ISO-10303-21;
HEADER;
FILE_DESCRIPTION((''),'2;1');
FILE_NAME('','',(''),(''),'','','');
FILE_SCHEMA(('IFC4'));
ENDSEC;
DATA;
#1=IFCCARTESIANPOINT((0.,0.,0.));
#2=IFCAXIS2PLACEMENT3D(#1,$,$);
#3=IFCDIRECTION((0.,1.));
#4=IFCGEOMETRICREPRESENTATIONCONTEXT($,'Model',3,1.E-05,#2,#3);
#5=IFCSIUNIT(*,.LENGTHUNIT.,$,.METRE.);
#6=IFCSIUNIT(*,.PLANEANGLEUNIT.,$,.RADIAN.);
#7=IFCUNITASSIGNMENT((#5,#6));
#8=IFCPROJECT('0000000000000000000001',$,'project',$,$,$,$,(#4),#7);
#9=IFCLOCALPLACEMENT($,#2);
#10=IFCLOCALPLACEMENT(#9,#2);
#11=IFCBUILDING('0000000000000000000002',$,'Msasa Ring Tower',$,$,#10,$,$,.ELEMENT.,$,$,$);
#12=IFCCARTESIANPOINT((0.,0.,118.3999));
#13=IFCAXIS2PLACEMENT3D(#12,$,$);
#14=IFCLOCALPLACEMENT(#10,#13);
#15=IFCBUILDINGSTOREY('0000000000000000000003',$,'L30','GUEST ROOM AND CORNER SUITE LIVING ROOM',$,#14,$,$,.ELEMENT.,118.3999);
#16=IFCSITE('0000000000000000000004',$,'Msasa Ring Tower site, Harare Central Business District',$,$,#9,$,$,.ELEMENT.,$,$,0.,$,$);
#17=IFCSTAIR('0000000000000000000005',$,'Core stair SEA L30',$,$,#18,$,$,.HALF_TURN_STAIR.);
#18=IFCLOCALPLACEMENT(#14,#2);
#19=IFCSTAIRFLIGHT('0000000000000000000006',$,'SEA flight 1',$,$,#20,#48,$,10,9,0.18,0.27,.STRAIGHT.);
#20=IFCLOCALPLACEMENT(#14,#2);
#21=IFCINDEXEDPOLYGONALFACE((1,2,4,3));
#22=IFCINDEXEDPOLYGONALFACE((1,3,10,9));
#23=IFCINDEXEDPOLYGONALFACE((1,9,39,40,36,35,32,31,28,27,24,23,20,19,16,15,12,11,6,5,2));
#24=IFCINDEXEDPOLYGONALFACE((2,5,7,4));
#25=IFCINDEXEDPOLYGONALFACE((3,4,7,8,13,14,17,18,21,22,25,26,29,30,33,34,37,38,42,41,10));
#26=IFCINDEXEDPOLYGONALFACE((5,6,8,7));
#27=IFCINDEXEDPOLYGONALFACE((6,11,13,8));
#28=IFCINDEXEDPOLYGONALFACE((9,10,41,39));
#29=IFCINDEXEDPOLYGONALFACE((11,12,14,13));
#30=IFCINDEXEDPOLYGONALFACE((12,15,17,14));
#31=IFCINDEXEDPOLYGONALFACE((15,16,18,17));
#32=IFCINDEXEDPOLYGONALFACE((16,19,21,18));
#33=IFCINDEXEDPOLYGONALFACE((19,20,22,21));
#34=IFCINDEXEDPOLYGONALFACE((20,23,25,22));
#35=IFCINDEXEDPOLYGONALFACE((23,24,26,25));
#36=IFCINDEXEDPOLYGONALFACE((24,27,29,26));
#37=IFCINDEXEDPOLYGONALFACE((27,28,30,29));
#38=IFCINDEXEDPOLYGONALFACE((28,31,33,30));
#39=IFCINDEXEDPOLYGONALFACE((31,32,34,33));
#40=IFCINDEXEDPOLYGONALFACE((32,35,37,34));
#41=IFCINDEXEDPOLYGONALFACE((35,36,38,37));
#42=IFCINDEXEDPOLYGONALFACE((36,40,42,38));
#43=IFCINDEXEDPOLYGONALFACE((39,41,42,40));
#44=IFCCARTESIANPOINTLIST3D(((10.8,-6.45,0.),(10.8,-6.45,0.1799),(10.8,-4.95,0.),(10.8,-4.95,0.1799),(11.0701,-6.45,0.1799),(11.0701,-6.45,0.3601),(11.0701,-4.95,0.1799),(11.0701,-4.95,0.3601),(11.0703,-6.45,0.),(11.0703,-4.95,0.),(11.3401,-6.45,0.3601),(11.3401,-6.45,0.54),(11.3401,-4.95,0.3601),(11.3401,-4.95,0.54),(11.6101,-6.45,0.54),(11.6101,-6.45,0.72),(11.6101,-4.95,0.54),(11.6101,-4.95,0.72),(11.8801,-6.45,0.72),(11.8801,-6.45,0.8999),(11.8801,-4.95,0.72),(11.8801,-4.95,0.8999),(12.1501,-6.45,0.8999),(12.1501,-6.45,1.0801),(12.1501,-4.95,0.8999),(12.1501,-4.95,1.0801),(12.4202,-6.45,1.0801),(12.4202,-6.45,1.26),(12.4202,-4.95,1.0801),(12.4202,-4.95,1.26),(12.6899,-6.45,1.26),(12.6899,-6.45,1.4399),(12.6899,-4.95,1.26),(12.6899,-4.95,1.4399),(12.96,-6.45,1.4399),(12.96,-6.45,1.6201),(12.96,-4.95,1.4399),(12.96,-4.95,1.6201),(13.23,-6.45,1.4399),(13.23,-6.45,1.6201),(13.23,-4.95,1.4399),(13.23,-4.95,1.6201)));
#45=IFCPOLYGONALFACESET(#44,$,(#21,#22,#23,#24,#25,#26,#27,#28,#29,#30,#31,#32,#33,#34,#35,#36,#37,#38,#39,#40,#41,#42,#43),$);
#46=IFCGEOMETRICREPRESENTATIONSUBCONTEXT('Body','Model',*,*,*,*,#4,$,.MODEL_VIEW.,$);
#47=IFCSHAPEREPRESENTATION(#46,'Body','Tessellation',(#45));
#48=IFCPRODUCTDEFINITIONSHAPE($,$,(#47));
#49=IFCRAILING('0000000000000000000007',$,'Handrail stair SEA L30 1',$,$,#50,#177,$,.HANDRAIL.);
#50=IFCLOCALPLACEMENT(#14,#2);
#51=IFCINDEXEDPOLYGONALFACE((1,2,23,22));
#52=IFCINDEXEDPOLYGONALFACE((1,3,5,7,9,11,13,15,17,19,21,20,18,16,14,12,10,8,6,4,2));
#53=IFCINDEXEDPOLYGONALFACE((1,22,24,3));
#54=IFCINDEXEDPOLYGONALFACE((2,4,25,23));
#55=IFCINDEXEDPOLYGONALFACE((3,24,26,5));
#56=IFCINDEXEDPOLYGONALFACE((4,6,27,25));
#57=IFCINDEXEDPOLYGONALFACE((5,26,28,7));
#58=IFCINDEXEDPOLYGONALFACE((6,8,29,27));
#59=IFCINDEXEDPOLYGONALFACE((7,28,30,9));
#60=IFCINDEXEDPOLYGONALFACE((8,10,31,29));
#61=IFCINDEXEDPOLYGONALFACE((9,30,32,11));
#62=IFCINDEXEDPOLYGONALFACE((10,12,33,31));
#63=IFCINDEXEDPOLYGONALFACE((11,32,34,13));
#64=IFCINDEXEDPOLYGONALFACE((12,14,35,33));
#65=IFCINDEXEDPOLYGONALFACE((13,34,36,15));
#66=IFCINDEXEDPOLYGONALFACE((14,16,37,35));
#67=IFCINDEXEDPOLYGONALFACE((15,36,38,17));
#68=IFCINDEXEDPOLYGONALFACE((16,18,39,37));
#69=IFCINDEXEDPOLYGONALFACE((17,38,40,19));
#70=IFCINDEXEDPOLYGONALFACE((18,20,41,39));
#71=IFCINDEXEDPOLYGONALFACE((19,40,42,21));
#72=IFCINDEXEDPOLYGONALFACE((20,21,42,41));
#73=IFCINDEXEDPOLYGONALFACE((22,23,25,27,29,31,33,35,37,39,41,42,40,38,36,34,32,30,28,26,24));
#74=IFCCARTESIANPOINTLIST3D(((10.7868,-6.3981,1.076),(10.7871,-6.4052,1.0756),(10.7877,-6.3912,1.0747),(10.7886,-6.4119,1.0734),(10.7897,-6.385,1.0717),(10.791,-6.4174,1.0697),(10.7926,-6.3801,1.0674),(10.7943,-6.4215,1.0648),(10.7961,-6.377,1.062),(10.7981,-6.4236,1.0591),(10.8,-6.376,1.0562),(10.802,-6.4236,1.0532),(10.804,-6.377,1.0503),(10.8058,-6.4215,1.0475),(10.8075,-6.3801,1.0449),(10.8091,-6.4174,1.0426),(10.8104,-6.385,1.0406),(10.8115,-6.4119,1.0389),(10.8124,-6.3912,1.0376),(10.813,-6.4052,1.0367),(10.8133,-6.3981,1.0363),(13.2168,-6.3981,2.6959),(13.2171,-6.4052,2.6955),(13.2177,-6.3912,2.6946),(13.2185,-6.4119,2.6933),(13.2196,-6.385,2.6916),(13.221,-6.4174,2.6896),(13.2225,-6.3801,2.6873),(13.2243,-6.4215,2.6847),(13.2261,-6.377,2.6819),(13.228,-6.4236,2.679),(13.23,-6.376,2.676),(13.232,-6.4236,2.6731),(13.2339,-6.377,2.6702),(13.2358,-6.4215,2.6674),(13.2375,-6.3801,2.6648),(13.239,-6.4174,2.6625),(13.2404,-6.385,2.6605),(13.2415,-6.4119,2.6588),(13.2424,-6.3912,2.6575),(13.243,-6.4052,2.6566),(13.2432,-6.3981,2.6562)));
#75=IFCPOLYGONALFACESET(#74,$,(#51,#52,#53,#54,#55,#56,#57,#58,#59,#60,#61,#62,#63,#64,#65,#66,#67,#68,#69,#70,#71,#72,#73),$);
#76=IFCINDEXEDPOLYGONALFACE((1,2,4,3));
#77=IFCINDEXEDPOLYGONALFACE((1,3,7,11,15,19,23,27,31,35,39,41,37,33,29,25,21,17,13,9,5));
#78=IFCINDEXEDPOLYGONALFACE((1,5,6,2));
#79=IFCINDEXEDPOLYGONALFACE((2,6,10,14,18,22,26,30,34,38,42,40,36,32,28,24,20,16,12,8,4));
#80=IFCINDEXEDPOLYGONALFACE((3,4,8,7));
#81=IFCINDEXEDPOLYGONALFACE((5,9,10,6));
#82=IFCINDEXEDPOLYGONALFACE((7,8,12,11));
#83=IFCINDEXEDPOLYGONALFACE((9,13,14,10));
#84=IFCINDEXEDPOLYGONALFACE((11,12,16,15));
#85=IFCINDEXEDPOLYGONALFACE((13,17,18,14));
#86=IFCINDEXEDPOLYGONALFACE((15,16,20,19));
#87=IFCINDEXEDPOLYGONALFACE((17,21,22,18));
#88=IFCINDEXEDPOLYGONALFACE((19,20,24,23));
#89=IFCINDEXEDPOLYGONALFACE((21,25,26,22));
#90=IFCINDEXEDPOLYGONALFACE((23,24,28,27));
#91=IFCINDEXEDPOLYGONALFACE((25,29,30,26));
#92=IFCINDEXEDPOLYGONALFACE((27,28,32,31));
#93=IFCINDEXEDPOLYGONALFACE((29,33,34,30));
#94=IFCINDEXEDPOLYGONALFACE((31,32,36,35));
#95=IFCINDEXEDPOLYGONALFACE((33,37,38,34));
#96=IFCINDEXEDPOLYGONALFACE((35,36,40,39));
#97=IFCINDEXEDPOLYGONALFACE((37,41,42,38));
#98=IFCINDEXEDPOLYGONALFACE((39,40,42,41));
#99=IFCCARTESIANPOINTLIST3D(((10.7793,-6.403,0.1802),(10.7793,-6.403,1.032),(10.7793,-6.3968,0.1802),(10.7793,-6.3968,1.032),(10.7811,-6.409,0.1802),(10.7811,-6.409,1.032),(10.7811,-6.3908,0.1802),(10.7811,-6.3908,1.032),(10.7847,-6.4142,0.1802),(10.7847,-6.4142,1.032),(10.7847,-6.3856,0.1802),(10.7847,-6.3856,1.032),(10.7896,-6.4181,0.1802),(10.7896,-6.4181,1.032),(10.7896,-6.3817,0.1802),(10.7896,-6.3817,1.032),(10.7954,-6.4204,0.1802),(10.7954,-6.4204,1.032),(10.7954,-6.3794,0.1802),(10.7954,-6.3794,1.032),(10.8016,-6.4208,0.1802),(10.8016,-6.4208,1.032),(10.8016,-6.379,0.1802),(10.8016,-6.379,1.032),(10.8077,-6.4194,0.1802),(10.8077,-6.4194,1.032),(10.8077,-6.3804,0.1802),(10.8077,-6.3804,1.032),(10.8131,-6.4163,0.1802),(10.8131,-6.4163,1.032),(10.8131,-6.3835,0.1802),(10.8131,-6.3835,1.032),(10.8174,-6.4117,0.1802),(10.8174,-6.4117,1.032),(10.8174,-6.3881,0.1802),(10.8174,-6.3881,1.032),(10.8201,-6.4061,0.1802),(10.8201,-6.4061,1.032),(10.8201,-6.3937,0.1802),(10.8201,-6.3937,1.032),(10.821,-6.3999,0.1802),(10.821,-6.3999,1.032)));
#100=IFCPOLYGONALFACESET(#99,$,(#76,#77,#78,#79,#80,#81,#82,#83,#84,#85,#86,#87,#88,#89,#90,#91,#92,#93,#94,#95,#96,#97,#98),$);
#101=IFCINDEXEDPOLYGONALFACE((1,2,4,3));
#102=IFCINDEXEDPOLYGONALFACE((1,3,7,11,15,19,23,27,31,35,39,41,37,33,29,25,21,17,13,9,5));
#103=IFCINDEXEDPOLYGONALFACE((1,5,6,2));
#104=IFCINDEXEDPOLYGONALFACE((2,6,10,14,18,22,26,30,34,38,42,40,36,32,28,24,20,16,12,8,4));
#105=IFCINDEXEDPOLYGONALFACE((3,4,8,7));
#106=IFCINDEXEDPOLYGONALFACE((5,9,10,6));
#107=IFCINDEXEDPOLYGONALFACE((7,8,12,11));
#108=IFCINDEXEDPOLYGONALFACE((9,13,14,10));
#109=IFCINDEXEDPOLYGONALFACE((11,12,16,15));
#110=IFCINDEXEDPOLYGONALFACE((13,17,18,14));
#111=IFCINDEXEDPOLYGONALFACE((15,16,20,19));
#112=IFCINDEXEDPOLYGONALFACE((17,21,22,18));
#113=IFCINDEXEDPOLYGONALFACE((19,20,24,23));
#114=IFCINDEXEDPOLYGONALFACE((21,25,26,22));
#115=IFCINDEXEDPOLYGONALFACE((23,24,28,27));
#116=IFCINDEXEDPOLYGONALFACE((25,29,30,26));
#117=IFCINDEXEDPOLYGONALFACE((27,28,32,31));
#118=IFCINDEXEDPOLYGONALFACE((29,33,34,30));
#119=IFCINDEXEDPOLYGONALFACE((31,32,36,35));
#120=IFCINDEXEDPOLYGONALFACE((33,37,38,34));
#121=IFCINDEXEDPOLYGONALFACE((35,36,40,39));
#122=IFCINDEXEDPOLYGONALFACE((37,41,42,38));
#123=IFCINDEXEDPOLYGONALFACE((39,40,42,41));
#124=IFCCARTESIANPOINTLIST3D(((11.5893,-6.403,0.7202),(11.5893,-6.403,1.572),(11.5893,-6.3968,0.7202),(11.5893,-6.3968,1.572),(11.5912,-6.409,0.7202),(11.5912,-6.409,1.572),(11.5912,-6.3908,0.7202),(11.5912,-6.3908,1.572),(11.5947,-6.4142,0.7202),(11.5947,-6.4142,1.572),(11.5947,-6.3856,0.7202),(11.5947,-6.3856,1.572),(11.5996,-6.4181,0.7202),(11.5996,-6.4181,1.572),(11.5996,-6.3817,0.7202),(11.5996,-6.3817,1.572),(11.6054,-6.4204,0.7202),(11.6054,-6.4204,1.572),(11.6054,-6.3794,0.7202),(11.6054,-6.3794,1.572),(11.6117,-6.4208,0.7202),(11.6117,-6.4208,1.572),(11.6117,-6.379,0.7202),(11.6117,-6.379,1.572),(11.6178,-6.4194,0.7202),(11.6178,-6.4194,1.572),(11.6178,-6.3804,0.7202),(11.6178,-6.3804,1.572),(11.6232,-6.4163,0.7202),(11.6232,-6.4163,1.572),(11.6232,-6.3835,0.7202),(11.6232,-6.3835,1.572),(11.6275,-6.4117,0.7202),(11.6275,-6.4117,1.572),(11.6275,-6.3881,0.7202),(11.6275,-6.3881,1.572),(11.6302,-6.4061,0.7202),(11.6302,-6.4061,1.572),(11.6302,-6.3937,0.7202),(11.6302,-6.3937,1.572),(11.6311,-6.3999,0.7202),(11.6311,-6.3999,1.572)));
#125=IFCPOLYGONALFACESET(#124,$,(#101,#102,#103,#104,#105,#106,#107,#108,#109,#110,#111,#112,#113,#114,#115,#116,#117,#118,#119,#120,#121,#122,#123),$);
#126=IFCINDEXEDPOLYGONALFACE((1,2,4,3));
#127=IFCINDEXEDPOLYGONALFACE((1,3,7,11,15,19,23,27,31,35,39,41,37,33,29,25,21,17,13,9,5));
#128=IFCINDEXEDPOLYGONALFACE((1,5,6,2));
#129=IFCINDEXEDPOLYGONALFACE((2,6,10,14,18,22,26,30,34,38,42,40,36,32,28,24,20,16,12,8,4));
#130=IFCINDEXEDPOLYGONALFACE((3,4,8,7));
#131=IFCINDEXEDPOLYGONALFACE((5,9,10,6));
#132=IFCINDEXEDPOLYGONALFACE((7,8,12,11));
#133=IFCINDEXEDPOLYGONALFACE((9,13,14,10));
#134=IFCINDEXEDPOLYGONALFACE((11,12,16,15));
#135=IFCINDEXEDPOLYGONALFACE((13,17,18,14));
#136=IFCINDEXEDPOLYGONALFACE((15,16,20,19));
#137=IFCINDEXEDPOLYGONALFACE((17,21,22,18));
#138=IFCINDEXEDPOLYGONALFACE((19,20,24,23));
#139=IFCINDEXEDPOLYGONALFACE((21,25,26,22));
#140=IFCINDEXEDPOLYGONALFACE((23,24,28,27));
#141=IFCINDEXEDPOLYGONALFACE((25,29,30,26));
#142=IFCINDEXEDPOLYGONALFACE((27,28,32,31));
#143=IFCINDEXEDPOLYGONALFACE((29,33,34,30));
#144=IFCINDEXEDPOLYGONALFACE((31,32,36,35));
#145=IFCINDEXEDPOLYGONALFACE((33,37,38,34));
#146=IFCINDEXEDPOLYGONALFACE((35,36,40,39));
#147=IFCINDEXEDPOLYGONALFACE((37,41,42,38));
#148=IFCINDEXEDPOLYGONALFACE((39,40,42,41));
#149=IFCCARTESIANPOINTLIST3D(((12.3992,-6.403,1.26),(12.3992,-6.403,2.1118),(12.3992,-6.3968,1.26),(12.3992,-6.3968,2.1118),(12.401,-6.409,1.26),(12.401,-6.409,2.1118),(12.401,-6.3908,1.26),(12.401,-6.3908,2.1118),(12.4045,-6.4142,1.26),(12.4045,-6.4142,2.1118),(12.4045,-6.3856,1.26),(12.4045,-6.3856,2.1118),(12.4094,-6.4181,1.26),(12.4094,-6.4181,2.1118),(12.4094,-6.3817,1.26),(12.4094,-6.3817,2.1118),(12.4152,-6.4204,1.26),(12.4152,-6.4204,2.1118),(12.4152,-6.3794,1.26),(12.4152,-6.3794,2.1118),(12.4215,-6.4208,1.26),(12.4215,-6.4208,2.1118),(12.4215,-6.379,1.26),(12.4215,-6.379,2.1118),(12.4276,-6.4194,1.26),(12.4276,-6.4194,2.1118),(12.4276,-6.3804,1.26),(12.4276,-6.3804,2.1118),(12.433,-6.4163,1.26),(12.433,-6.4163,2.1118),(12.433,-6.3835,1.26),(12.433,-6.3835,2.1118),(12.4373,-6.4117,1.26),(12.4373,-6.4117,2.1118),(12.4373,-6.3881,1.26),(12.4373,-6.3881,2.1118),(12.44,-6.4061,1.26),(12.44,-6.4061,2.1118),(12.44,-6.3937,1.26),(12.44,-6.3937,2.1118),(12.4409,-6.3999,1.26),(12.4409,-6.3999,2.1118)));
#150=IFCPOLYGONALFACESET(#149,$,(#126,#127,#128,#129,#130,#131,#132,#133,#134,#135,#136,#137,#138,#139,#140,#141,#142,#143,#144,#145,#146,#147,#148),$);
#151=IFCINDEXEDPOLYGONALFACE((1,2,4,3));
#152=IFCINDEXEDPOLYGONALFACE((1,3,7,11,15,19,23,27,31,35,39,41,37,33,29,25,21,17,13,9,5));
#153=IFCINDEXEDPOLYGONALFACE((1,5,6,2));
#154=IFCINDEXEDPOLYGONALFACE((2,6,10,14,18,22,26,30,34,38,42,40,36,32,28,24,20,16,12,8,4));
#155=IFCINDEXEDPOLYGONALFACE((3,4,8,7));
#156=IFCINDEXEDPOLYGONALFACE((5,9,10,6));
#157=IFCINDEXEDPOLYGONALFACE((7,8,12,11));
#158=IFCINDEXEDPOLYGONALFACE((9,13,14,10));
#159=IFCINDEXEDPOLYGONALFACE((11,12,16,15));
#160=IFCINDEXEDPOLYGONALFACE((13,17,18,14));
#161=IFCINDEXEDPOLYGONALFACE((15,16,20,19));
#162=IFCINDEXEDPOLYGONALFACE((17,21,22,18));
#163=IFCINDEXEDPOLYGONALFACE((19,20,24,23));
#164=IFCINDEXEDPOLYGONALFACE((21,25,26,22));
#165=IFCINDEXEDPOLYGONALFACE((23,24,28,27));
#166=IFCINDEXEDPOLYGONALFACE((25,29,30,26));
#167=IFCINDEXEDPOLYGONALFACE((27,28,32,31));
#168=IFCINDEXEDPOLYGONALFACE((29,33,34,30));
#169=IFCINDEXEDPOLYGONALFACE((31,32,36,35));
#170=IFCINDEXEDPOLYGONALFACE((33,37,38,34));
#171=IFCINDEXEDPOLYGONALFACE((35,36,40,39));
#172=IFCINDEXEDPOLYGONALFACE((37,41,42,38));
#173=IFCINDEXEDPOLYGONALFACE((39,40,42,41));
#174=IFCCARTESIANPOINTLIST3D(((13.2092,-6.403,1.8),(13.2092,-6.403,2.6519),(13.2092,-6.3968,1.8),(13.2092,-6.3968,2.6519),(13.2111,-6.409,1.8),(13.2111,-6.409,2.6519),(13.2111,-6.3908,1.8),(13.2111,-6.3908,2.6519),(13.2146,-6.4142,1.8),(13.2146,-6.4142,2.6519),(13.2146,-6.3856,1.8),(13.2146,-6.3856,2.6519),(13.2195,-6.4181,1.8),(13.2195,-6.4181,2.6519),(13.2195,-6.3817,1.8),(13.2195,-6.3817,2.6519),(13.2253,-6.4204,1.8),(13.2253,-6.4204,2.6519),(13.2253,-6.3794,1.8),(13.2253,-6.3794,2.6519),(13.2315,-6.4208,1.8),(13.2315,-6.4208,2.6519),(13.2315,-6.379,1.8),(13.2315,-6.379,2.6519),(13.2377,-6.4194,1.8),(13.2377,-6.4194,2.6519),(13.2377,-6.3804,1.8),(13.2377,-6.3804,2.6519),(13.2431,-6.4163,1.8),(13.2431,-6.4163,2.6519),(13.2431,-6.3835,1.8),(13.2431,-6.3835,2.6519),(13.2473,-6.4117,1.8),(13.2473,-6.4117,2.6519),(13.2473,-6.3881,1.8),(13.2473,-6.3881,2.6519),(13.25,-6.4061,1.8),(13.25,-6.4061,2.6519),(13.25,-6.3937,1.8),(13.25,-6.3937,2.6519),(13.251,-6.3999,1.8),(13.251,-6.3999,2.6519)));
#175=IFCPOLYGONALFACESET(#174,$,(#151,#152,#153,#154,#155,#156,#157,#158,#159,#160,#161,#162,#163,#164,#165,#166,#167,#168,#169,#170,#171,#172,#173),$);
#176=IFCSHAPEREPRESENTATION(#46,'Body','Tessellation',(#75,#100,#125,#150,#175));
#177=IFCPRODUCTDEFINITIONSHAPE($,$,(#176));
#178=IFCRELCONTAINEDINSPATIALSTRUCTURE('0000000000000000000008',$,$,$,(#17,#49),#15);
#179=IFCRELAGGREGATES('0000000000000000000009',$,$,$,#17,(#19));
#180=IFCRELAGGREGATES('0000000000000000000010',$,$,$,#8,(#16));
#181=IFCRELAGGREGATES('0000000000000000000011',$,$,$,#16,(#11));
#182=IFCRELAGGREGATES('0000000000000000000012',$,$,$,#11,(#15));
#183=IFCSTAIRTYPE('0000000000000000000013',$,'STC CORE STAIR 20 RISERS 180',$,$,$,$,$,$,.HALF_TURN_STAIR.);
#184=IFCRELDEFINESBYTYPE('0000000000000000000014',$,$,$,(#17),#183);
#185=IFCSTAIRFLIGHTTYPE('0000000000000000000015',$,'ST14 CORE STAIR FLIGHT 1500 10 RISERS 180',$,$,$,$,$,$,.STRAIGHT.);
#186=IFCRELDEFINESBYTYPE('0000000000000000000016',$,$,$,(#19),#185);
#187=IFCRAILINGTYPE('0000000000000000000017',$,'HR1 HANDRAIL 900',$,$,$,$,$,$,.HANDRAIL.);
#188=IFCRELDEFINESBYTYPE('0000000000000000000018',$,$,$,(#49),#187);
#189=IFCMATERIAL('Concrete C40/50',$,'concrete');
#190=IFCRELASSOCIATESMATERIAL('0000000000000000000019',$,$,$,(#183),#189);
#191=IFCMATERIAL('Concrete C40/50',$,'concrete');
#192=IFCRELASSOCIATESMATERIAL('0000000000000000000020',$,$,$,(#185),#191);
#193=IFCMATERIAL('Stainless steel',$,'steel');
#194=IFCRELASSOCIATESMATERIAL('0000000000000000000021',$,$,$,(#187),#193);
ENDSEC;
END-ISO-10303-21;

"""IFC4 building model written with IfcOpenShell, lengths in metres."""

from ifc_helpers import new_model, si_unit, direction, frame, origin, origin_2d, place, context, subcontext, project, spatial, polyline, circle, outline, extrude, material, type_object, element, aggregate, save


model = new_model("IFC4")

# Units and contexts
model_context = context("Model", 3, precision=1e-05, world=origin(), true_north=direction((0.0, 1.0)))
body_context = subcontext(model_context, "Body", "Model", "MODEL_VIEW")
ifc_project = project(units=[si_unit("LENGTHUNIT", "METRE"), si_unit("PLANEANGLEUNIT", "RADIAN")], contexts=[model_context])

# Site, building, storey
site_placement = place(None, origin())
site = spatial("IfcSite", under=ifc_project, at=site_placement, Name="Msasa Ring Tower site, Harare Central Business District", CompositionType="ELEMENT", RefElevation=0.0)
building_placement = place(site_placement, origin())
building = spatial("IfcBuilding", under=site, at=building_placement, Name="Msasa Ring Tower", CompositionType="ELEMENT")
storey_placement = place(building_placement, frame((0.0, 0.0, 118.3999)))
storey = spatial("IfcBuildingStorey", under=building, at=storey_placement, Name="L30", Description="GUEST ROOM AND CORNER SUITE LIVING ROOM", CompositionType="ELEMENT", Elevation=118.3999)

# Stair
ifc_material_1 = material(Name="Concrete C40/50", Category="concrete")
stair_type = type_object("IfcStairType", Name="STC CORE STAIR 20 RISERS 180", PredefinedType="HALF_TURN_STAIR", material=ifc_material_1)
stair_1_placement = place(storey_placement, origin())
stair_1 = element("IfcStair", 1, at=stair_1_placement, inside=storey, type_object=stair_type, Name="Core stair SEA L30", PredefinedType="HALF_TURN_STAIR")

# Stair flight
ifc_material_2 = material(Name="Concrete C40/50", Category="concrete")
stair_flight_type = type_object("IfcStairFlightType", Name="ST14 CORE STAIR FLIGHT 1500 10 RISERS 180", PredefinedType="STRAIGHT", material=ifc_material_2)
stair_flight_placement = place(storey_placement, frame((10.8, -5.7, 0.0), z_axis=(0.0, 0.0, 1.0), x_axis=(1.0, 0.0, 0.0)))
stair_flight = element("IfcStairFlight", 2, at=stair_flight_placement, type_object=stair_flight_type, Name="SEA flight 1", NumberOfRisers=10, NumberOfTreads=9, PredefinedType="STRAIGHT", RiserHeight=0.18, TreadLength=0.27, context=body_context, shape_type="SweptSolid", body=[
    extrude(outline(polyline([(0.0, 0.0), (0.0, 0.1799), (0.27, 0.1799), (0.27, 0.3601), (0.54, 0.3601), (0.54, 0.54), (0.8101, 0.54), (0.8101, 0.72), (1.0801, 0.72), (1.0801, 0.8999), (1.3501, 0.8999), (1.3501, 1.0801), (1.6201, 1.0801), (1.6201, 1.26), (1.8899, 1.26), (1.8899, 1.4399), (2.1599, 1.4399), (2.1599, 1.6201), (2.4299, 1.6201), (2.4299, 1.8), (2.4299, 1.4399), (0.2703, 0.0), (0.0, 0.0)])), frame((0.0, 0.75, 0.0), z_axis=(0.0, -1.0, 0.0), x_axis=(1.0, 0.0, 0.0)), (0.0, 0.0, 1.0), 1.5),
])
aggregate(stair_1, [stair_flight])

# Railing
ifc_material_3 = material(Name="Stainless steel", Category="steel")
railing_type = type_object("IfcRailingType", Name="HR1 HANDRAIL 900", PredefinedType="HANDRAIL", material=ifc_material_3)
for number, where, name in (
    (3, (10.8, -6.3999, 0.1802), "Handrail stair SEA L30 1"),
):
    element("IfcRailing", number, at=place(storey_placement, frame(where)), inside=storey, type_object=railing_type, Name=name, PredefinedType="HANDRAIL", context=body_context, shape_type="SweptSolid", body=[
        extrude(circle(Radius=0.0239, at=origin_2d()), frame((0.0, 0.0, 0.876), z_axis=(0.832063, 0.0, 0.554681), x_axis=(0.0, 1.0, 0.0)), (0.0, 0.0, 1.0), 2.9204),
        extrude(circle(Radius=0.021, at=origin_2d()), origin(), (0.0, 0.0, 1.0), 0.8518),
        extrude(circle(Radius=0.021, at=origin_2d()), frame((0.8101, 0.0, 0.54)), (0.0, 0.0, 1.0), 0.8518),
        extrude(circle(Radius=0.021, at=origin_2d()), frame((1.6199, 0.0, 1.0798)), (0.0, 0.0, 1.0), 0.8518),
        extrude(circle(Radius=0.021, at=origin_2d()), frame((2.4299, 0.0, 1.6199)), (0.0, 0.0, 1.0), 0.8518),
    ])

save(model, "model.ifc")
